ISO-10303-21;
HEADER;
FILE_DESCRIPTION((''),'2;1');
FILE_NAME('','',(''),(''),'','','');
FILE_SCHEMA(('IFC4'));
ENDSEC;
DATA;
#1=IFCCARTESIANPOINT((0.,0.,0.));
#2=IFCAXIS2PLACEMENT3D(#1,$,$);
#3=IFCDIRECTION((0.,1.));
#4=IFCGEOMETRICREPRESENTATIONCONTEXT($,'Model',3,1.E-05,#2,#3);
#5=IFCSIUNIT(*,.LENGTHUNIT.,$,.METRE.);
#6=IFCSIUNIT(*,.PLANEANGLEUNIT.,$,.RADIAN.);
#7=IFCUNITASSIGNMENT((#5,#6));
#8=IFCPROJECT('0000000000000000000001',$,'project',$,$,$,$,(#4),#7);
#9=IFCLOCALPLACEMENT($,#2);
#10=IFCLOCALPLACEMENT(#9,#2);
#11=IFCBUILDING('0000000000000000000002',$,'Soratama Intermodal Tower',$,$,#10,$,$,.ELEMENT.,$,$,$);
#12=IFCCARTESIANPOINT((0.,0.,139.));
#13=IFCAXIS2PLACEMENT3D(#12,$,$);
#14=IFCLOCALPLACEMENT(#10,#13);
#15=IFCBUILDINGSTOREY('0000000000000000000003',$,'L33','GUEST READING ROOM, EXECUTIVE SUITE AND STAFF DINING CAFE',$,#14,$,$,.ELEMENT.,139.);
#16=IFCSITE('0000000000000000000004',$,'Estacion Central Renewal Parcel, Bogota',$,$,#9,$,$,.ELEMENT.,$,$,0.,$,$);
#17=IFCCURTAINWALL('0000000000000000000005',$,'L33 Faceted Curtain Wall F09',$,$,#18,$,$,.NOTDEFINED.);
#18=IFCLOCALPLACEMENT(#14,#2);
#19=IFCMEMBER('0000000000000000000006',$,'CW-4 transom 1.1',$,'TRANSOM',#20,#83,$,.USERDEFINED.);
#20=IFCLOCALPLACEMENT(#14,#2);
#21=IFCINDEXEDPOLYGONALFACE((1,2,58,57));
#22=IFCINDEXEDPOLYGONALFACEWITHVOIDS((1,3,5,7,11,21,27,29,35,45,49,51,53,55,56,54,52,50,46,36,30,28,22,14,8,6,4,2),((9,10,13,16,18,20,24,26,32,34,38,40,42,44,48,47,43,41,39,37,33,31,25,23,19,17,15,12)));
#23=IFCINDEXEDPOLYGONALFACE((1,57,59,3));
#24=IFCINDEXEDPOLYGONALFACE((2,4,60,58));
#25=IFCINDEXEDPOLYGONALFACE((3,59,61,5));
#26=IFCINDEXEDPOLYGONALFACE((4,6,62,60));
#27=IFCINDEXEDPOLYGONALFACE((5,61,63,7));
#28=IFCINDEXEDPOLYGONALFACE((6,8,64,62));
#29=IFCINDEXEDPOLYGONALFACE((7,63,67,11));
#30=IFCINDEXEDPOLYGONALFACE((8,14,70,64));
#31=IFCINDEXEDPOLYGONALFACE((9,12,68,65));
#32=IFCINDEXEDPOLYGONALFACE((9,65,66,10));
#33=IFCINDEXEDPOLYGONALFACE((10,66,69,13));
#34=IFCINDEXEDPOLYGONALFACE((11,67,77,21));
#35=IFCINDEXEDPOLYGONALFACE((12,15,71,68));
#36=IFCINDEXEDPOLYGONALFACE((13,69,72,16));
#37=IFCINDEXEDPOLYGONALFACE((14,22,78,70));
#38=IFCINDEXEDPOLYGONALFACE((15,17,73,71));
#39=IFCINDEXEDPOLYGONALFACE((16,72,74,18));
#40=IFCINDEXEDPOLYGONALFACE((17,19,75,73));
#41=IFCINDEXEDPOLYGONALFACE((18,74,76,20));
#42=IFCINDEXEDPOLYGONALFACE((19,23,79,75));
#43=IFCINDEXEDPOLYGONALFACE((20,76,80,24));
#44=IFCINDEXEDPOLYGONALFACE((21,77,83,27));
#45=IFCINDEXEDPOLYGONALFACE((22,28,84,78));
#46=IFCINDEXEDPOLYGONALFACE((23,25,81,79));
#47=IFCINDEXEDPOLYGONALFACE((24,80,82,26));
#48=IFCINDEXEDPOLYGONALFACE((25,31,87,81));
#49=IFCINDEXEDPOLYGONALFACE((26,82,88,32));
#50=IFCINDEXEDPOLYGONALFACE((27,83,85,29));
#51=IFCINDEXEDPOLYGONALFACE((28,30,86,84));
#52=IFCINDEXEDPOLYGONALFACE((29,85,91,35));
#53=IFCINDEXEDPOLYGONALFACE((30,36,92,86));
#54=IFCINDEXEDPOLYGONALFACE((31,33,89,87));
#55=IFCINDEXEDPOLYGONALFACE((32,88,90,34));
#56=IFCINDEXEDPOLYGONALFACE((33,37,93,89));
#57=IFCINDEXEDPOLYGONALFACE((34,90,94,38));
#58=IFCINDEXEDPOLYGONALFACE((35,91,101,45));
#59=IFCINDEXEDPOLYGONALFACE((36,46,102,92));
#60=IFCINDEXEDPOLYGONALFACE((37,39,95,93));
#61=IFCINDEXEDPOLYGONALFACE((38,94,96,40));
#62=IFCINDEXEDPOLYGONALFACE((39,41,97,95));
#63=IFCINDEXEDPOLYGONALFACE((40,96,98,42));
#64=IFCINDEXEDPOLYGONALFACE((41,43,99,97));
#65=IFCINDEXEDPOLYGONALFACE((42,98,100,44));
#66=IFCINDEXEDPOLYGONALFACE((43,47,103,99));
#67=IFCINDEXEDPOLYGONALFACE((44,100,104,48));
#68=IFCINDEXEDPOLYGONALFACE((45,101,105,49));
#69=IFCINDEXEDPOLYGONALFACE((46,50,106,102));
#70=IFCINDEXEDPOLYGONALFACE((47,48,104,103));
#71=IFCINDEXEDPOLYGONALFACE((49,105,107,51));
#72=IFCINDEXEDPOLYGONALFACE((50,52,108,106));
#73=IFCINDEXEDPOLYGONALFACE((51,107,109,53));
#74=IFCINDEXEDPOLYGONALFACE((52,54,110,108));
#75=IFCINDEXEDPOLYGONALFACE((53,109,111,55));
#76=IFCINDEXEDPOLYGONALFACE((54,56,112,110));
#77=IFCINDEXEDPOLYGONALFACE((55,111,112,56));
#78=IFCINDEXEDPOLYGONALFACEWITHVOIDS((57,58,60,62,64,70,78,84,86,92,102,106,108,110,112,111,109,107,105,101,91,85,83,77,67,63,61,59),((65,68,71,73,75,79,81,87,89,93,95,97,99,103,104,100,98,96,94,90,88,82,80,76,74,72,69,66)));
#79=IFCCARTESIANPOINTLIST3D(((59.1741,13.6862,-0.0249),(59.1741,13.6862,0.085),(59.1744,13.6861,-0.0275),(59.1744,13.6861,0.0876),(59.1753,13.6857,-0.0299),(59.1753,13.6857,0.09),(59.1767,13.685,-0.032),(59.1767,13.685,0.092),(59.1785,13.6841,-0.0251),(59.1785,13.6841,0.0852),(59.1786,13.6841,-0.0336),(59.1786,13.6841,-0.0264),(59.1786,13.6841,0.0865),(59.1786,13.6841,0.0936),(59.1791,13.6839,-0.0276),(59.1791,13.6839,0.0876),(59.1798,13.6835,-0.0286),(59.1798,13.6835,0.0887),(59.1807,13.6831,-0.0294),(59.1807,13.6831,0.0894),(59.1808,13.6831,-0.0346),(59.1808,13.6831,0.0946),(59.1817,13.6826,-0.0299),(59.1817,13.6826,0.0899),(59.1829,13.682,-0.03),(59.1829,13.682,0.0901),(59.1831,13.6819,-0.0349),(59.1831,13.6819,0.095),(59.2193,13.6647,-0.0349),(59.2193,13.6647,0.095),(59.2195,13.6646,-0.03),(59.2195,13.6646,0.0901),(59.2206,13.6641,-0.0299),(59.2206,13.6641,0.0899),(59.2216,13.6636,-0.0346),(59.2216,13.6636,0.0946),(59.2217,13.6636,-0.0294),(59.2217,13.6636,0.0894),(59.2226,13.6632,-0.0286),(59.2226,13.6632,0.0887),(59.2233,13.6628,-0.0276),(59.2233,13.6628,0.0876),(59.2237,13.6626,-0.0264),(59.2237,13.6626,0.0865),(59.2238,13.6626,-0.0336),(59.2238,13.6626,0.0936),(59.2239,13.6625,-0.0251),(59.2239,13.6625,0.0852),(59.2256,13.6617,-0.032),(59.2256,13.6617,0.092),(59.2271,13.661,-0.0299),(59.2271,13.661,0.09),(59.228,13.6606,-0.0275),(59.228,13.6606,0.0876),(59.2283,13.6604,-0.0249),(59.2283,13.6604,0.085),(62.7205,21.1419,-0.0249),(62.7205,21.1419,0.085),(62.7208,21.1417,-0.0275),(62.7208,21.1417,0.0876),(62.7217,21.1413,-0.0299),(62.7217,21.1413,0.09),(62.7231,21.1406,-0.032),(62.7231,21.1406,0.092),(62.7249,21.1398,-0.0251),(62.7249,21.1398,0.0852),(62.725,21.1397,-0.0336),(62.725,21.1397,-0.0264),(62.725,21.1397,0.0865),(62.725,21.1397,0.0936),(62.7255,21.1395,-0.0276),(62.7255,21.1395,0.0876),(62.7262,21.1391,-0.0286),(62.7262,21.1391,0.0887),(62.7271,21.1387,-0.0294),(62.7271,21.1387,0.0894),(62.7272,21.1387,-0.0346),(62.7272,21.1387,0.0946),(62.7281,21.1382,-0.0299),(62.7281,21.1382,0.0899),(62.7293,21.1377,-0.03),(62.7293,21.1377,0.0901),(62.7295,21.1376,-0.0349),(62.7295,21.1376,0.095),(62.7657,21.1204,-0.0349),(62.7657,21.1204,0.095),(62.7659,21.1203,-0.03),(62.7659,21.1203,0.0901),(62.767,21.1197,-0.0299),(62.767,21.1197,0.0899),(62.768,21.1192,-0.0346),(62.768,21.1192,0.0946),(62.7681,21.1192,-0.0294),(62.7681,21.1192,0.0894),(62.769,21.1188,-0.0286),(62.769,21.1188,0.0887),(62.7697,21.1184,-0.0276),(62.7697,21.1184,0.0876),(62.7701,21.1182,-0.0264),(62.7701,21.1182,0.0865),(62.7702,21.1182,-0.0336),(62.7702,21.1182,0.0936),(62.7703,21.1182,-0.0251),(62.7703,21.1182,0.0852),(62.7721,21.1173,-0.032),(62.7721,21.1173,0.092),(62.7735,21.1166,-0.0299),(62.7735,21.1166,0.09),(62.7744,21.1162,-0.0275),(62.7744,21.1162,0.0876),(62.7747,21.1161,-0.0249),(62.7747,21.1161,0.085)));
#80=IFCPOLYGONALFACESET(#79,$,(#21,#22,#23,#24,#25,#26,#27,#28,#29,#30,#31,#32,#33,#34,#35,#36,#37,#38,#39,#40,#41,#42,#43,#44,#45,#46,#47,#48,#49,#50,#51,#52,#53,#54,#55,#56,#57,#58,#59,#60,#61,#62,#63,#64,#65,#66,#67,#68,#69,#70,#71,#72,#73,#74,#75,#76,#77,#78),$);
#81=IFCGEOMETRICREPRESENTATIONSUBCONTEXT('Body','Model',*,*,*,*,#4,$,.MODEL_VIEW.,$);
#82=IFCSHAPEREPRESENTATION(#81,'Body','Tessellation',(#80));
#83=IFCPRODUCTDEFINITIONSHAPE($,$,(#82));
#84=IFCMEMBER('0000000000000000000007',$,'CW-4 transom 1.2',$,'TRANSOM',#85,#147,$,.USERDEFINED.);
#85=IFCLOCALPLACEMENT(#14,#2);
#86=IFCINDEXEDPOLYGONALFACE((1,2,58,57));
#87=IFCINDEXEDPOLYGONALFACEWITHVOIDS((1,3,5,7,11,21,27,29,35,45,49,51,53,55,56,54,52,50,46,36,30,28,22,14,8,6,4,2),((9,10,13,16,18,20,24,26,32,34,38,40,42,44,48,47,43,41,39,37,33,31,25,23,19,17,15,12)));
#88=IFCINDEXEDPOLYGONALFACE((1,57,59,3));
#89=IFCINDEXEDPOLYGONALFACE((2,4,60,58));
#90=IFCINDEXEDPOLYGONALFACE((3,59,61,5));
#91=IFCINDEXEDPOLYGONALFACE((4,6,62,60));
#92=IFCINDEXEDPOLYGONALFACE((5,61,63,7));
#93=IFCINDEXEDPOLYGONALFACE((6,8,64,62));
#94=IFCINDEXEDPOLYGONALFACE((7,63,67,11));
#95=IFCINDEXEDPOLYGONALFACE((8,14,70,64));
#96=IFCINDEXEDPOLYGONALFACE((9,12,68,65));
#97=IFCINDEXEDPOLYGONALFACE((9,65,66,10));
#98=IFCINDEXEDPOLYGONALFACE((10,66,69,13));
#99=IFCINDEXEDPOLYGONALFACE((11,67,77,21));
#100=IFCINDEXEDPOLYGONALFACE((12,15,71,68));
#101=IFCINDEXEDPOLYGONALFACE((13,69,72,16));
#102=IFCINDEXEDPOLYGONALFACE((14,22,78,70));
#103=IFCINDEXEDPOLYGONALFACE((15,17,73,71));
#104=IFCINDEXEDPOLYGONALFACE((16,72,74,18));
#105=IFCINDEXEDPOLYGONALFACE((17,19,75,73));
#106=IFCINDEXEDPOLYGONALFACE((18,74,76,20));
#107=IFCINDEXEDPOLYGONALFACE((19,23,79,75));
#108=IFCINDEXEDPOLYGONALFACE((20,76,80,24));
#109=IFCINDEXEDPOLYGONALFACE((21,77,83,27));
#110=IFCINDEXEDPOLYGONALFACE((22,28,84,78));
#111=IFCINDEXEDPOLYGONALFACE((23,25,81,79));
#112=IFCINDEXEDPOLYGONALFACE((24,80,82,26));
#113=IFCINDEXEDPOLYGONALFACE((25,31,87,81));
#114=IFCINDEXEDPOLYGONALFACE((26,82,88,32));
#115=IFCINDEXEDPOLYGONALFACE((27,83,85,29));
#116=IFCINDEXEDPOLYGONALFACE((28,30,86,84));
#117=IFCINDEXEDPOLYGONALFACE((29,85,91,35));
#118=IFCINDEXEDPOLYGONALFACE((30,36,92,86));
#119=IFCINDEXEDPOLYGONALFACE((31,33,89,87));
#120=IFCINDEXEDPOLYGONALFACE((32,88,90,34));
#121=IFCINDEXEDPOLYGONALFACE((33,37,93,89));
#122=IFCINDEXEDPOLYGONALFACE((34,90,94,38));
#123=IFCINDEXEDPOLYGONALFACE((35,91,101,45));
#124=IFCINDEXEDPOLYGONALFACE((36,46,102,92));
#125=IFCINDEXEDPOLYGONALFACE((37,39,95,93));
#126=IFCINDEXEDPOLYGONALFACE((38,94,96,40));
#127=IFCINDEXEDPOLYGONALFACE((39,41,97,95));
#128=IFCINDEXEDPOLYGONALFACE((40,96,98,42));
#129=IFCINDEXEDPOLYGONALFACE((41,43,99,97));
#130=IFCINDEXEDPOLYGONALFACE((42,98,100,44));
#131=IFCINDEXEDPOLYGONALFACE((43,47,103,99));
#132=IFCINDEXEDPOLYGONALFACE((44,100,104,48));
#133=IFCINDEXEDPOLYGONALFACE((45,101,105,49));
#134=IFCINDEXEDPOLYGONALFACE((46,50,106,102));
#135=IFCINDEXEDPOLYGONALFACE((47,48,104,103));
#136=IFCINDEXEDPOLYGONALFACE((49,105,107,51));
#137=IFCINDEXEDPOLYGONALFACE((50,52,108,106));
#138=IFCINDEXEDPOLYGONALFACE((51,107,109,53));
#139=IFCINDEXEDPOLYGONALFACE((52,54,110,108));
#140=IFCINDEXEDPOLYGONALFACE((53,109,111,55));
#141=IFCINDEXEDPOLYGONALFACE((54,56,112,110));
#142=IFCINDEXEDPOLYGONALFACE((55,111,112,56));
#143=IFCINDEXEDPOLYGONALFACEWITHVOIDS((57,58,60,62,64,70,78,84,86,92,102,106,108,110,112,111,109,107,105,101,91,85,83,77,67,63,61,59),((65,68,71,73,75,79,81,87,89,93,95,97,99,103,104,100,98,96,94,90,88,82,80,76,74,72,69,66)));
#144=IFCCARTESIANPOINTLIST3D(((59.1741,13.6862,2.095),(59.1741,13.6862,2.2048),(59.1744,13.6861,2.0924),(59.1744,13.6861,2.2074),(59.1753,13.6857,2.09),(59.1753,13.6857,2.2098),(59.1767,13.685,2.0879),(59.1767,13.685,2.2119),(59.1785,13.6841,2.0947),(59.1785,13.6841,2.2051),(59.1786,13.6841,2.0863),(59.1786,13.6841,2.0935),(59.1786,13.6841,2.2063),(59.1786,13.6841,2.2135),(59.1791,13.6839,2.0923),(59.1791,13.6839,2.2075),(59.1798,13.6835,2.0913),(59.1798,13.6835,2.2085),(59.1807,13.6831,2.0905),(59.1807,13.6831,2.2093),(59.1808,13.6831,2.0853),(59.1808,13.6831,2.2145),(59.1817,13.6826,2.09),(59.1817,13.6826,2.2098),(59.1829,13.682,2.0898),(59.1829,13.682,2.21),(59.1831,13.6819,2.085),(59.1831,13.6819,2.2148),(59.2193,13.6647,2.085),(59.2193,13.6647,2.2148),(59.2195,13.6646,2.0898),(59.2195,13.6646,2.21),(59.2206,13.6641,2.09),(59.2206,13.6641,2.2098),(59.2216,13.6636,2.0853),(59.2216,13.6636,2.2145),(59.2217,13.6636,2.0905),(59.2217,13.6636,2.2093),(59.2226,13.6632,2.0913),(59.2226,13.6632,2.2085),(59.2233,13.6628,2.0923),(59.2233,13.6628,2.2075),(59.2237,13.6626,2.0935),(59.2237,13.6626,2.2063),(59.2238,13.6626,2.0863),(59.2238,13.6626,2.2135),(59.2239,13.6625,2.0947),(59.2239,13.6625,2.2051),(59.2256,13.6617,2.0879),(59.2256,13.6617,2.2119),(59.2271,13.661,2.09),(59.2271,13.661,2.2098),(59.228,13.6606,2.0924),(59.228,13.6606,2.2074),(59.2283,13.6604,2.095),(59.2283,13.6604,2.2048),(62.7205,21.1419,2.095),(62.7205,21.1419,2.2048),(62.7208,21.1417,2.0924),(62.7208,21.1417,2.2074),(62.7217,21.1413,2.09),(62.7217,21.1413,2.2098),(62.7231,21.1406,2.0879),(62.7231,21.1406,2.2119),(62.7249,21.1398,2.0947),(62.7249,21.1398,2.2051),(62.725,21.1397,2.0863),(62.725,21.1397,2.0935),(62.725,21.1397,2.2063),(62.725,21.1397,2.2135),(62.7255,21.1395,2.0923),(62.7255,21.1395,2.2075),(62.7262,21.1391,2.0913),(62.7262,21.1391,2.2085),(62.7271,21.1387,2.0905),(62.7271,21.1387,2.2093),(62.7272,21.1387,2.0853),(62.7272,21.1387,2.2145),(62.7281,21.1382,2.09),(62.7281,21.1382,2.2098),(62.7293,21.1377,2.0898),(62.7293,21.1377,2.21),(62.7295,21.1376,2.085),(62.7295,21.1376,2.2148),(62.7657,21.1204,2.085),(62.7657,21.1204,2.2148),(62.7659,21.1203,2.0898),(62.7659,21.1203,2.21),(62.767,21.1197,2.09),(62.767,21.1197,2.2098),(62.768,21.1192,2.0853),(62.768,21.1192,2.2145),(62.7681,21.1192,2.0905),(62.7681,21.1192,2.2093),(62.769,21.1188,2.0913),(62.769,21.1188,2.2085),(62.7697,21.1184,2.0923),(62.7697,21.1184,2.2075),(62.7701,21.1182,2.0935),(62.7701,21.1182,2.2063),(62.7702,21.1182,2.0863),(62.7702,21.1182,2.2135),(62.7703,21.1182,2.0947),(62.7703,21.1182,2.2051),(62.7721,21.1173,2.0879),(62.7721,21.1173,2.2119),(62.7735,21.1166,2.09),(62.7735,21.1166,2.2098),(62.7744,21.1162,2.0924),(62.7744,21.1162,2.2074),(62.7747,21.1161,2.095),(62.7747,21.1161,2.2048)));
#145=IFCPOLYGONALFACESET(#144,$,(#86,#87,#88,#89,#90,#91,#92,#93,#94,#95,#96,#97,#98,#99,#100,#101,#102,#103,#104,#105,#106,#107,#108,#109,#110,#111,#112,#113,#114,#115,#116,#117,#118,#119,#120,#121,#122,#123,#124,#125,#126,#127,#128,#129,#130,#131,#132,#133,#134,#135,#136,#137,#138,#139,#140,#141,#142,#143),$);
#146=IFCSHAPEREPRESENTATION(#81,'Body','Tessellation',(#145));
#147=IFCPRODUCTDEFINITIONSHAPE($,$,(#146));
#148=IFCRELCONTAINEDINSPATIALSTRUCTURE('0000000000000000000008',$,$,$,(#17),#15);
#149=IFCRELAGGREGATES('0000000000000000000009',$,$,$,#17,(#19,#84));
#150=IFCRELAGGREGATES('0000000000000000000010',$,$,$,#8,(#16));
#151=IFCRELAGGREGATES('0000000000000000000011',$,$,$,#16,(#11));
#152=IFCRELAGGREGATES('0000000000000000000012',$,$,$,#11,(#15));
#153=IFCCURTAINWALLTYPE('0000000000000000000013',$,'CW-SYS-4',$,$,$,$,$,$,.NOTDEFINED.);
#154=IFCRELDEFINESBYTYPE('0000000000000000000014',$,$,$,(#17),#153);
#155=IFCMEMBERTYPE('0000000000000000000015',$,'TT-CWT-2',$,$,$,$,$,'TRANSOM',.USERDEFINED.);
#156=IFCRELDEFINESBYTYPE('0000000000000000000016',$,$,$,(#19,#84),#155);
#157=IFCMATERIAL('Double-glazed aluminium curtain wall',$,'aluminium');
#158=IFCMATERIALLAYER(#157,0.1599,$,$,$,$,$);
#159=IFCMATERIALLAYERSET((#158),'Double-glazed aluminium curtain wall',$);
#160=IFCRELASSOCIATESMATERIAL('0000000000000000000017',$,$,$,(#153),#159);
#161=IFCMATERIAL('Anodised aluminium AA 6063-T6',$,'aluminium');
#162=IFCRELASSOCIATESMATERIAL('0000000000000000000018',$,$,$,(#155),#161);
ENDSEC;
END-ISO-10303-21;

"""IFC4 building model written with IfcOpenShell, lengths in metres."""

from ifc_helpers import new_model, si_unit, direction, frame, origin, origin_2d, place, context, subcontext, project, spatial, hollow_rectangle, extrude, material, layer, layer_set, material_profile, profile_set, type_object, element, aggregate, save


model = new_model("IFC4")

# Units and contexts
model_context = context("Model", 3, precision=1e-05, world=origin(), true_north=direction((0.0, 1.0)))
body_context = subcontext(model_context, "Body", "Model", "MODEL_VIEW")
ifc_project = project(units=[si_unit("LENGTHUNIT", "METRE"), si_unit("PLANEANGLEUNIT", "RADIAN")], contexts=[model_context])

# Site, building, storey
site_placement = place(None, origin())
site = spatial("IfcSite", under=ifc_project, at=site_placement, Name="Estacion Central Renewal Parcel, Bogota", CompositionType="ELEMENT", RefElevation=0.0)
building_placement = place(site_placement, origin())
building = spatial("IfcBuilding", under=site, at=building_placement, Name="Soratama Intermodal Tower", CompositionType="ELEMENT")
storey_placement = place(building_placement, frame((0.0, 0.0, 139.0)))
storey = spatial("IfcBuildingStorey", under=building, at=storey_placement, Name="L33", Description="GUEST READING ROOM, EXECUTIVE SUITE AND STAFF DINING CAFE", CompositionType="ELEMENT", Elevation=139.0)

# Shared definitions
ifc_material_1 = material(Name="Double-glazed aluminium curtain wall", Category="aluminium")
ifc_layer_1 = layer(ifc_material_1, 0.1599)
ifc_layer_set_1 = layer_set([ifc_layer_1], Name="Double-glazed aluminium curtain wall")
curtain_wall_type = type_object("IfcCurtainWallType", Name="CW-SYS-4", PredefinedType="NOTDEFINED", material=ifc_layer_set_1)

# Curtain wall, members
curtain_wall_1_placement = place(storey_placement, origin())
curtain_wall_1 = element("IfcCurtainWall", 1, at=curtain_wall_1_placement, inside=storey, type_object=curtain_wall_type, Name="L33 Faceted Curtain Wall F09", PredefinedType="NOTDEFINED")
ifc_material_2 = material(Name="Anodised aluminium AA 6063-T6", Category="aluminium")
ifc_material_profile_1 = material_profile(ifc_material_2, hollow_rectangle(XDim=0.0601, YDim=0.1299, WallThickness=0.0049, InnerFilletRadius=0.0049, OuterFilletRadius=0.01, at=origin_2d()), Name="CWT130X60X5")
ifc_profile_set_1 = profile_set([ifc_material_profile_1], Name="Anodised aluminium AA 6063-T6")
member_type_1 = type_object("IfcMemberType", Name="TT-CWT-2", ElementType="TRANSOM", PredefinedType="USERDEFINED", material=ifc_profile_set_1)
member_1_placement = place(storey_placement, frame((59.2012, 13.6733, 0.03), z_axis=(0.42955, 0.903043, 0.0), x_axis=(-0.903043, 0.42955, 0.0)))
member_1 = element("IfcMember", 2, at=member_1_placement, type_object=member_type_1, Name="CW-4 transom 1.1", ObjectType="TRANSOM", PredefinedType="USERDEFINED", context=body_context, shape_type="SweptSolid", body=[
    extrude(hollow_rectangle(XDim=0.0601, YDim=0.1299, WallThickness=0.0049, InnerFilletRadius=0.0049, OuterFilletRadius=0.01, at=origin_2d()), origin(), (0.0, 0.0, 1.0), 8.2561),
])
member_2_placement = place(storey_placement, frame((59.2012, 13.6733, 2.1499), z_axis=(0.42955, 0.903043, 0.0), x_axis=(-0.903043, 0.42955, 0.0)))
member_2 = element("IfcMember", 3, at=member_2_placement, type_object=member_type_1, Name="CW-4 transom 1.2", ObjectType="TRANSOM", PredefinedType="USERDEFINED", context=body_context, shape_type="SweptSolid", body=[
    extrude(hollow_rectangle(XDim=0.0601, YDim=0.1299, WallThickness=0.0049, InnerFilletRadius=0.0049, OuterFilletRadius=0.01, at=origin_2d()), origin(), (0.0, 0.0, 1.0), 8.2561),
])
aggregate(curtain_wall_1, [member_1, member_2])

save(model, "model.ifc")
